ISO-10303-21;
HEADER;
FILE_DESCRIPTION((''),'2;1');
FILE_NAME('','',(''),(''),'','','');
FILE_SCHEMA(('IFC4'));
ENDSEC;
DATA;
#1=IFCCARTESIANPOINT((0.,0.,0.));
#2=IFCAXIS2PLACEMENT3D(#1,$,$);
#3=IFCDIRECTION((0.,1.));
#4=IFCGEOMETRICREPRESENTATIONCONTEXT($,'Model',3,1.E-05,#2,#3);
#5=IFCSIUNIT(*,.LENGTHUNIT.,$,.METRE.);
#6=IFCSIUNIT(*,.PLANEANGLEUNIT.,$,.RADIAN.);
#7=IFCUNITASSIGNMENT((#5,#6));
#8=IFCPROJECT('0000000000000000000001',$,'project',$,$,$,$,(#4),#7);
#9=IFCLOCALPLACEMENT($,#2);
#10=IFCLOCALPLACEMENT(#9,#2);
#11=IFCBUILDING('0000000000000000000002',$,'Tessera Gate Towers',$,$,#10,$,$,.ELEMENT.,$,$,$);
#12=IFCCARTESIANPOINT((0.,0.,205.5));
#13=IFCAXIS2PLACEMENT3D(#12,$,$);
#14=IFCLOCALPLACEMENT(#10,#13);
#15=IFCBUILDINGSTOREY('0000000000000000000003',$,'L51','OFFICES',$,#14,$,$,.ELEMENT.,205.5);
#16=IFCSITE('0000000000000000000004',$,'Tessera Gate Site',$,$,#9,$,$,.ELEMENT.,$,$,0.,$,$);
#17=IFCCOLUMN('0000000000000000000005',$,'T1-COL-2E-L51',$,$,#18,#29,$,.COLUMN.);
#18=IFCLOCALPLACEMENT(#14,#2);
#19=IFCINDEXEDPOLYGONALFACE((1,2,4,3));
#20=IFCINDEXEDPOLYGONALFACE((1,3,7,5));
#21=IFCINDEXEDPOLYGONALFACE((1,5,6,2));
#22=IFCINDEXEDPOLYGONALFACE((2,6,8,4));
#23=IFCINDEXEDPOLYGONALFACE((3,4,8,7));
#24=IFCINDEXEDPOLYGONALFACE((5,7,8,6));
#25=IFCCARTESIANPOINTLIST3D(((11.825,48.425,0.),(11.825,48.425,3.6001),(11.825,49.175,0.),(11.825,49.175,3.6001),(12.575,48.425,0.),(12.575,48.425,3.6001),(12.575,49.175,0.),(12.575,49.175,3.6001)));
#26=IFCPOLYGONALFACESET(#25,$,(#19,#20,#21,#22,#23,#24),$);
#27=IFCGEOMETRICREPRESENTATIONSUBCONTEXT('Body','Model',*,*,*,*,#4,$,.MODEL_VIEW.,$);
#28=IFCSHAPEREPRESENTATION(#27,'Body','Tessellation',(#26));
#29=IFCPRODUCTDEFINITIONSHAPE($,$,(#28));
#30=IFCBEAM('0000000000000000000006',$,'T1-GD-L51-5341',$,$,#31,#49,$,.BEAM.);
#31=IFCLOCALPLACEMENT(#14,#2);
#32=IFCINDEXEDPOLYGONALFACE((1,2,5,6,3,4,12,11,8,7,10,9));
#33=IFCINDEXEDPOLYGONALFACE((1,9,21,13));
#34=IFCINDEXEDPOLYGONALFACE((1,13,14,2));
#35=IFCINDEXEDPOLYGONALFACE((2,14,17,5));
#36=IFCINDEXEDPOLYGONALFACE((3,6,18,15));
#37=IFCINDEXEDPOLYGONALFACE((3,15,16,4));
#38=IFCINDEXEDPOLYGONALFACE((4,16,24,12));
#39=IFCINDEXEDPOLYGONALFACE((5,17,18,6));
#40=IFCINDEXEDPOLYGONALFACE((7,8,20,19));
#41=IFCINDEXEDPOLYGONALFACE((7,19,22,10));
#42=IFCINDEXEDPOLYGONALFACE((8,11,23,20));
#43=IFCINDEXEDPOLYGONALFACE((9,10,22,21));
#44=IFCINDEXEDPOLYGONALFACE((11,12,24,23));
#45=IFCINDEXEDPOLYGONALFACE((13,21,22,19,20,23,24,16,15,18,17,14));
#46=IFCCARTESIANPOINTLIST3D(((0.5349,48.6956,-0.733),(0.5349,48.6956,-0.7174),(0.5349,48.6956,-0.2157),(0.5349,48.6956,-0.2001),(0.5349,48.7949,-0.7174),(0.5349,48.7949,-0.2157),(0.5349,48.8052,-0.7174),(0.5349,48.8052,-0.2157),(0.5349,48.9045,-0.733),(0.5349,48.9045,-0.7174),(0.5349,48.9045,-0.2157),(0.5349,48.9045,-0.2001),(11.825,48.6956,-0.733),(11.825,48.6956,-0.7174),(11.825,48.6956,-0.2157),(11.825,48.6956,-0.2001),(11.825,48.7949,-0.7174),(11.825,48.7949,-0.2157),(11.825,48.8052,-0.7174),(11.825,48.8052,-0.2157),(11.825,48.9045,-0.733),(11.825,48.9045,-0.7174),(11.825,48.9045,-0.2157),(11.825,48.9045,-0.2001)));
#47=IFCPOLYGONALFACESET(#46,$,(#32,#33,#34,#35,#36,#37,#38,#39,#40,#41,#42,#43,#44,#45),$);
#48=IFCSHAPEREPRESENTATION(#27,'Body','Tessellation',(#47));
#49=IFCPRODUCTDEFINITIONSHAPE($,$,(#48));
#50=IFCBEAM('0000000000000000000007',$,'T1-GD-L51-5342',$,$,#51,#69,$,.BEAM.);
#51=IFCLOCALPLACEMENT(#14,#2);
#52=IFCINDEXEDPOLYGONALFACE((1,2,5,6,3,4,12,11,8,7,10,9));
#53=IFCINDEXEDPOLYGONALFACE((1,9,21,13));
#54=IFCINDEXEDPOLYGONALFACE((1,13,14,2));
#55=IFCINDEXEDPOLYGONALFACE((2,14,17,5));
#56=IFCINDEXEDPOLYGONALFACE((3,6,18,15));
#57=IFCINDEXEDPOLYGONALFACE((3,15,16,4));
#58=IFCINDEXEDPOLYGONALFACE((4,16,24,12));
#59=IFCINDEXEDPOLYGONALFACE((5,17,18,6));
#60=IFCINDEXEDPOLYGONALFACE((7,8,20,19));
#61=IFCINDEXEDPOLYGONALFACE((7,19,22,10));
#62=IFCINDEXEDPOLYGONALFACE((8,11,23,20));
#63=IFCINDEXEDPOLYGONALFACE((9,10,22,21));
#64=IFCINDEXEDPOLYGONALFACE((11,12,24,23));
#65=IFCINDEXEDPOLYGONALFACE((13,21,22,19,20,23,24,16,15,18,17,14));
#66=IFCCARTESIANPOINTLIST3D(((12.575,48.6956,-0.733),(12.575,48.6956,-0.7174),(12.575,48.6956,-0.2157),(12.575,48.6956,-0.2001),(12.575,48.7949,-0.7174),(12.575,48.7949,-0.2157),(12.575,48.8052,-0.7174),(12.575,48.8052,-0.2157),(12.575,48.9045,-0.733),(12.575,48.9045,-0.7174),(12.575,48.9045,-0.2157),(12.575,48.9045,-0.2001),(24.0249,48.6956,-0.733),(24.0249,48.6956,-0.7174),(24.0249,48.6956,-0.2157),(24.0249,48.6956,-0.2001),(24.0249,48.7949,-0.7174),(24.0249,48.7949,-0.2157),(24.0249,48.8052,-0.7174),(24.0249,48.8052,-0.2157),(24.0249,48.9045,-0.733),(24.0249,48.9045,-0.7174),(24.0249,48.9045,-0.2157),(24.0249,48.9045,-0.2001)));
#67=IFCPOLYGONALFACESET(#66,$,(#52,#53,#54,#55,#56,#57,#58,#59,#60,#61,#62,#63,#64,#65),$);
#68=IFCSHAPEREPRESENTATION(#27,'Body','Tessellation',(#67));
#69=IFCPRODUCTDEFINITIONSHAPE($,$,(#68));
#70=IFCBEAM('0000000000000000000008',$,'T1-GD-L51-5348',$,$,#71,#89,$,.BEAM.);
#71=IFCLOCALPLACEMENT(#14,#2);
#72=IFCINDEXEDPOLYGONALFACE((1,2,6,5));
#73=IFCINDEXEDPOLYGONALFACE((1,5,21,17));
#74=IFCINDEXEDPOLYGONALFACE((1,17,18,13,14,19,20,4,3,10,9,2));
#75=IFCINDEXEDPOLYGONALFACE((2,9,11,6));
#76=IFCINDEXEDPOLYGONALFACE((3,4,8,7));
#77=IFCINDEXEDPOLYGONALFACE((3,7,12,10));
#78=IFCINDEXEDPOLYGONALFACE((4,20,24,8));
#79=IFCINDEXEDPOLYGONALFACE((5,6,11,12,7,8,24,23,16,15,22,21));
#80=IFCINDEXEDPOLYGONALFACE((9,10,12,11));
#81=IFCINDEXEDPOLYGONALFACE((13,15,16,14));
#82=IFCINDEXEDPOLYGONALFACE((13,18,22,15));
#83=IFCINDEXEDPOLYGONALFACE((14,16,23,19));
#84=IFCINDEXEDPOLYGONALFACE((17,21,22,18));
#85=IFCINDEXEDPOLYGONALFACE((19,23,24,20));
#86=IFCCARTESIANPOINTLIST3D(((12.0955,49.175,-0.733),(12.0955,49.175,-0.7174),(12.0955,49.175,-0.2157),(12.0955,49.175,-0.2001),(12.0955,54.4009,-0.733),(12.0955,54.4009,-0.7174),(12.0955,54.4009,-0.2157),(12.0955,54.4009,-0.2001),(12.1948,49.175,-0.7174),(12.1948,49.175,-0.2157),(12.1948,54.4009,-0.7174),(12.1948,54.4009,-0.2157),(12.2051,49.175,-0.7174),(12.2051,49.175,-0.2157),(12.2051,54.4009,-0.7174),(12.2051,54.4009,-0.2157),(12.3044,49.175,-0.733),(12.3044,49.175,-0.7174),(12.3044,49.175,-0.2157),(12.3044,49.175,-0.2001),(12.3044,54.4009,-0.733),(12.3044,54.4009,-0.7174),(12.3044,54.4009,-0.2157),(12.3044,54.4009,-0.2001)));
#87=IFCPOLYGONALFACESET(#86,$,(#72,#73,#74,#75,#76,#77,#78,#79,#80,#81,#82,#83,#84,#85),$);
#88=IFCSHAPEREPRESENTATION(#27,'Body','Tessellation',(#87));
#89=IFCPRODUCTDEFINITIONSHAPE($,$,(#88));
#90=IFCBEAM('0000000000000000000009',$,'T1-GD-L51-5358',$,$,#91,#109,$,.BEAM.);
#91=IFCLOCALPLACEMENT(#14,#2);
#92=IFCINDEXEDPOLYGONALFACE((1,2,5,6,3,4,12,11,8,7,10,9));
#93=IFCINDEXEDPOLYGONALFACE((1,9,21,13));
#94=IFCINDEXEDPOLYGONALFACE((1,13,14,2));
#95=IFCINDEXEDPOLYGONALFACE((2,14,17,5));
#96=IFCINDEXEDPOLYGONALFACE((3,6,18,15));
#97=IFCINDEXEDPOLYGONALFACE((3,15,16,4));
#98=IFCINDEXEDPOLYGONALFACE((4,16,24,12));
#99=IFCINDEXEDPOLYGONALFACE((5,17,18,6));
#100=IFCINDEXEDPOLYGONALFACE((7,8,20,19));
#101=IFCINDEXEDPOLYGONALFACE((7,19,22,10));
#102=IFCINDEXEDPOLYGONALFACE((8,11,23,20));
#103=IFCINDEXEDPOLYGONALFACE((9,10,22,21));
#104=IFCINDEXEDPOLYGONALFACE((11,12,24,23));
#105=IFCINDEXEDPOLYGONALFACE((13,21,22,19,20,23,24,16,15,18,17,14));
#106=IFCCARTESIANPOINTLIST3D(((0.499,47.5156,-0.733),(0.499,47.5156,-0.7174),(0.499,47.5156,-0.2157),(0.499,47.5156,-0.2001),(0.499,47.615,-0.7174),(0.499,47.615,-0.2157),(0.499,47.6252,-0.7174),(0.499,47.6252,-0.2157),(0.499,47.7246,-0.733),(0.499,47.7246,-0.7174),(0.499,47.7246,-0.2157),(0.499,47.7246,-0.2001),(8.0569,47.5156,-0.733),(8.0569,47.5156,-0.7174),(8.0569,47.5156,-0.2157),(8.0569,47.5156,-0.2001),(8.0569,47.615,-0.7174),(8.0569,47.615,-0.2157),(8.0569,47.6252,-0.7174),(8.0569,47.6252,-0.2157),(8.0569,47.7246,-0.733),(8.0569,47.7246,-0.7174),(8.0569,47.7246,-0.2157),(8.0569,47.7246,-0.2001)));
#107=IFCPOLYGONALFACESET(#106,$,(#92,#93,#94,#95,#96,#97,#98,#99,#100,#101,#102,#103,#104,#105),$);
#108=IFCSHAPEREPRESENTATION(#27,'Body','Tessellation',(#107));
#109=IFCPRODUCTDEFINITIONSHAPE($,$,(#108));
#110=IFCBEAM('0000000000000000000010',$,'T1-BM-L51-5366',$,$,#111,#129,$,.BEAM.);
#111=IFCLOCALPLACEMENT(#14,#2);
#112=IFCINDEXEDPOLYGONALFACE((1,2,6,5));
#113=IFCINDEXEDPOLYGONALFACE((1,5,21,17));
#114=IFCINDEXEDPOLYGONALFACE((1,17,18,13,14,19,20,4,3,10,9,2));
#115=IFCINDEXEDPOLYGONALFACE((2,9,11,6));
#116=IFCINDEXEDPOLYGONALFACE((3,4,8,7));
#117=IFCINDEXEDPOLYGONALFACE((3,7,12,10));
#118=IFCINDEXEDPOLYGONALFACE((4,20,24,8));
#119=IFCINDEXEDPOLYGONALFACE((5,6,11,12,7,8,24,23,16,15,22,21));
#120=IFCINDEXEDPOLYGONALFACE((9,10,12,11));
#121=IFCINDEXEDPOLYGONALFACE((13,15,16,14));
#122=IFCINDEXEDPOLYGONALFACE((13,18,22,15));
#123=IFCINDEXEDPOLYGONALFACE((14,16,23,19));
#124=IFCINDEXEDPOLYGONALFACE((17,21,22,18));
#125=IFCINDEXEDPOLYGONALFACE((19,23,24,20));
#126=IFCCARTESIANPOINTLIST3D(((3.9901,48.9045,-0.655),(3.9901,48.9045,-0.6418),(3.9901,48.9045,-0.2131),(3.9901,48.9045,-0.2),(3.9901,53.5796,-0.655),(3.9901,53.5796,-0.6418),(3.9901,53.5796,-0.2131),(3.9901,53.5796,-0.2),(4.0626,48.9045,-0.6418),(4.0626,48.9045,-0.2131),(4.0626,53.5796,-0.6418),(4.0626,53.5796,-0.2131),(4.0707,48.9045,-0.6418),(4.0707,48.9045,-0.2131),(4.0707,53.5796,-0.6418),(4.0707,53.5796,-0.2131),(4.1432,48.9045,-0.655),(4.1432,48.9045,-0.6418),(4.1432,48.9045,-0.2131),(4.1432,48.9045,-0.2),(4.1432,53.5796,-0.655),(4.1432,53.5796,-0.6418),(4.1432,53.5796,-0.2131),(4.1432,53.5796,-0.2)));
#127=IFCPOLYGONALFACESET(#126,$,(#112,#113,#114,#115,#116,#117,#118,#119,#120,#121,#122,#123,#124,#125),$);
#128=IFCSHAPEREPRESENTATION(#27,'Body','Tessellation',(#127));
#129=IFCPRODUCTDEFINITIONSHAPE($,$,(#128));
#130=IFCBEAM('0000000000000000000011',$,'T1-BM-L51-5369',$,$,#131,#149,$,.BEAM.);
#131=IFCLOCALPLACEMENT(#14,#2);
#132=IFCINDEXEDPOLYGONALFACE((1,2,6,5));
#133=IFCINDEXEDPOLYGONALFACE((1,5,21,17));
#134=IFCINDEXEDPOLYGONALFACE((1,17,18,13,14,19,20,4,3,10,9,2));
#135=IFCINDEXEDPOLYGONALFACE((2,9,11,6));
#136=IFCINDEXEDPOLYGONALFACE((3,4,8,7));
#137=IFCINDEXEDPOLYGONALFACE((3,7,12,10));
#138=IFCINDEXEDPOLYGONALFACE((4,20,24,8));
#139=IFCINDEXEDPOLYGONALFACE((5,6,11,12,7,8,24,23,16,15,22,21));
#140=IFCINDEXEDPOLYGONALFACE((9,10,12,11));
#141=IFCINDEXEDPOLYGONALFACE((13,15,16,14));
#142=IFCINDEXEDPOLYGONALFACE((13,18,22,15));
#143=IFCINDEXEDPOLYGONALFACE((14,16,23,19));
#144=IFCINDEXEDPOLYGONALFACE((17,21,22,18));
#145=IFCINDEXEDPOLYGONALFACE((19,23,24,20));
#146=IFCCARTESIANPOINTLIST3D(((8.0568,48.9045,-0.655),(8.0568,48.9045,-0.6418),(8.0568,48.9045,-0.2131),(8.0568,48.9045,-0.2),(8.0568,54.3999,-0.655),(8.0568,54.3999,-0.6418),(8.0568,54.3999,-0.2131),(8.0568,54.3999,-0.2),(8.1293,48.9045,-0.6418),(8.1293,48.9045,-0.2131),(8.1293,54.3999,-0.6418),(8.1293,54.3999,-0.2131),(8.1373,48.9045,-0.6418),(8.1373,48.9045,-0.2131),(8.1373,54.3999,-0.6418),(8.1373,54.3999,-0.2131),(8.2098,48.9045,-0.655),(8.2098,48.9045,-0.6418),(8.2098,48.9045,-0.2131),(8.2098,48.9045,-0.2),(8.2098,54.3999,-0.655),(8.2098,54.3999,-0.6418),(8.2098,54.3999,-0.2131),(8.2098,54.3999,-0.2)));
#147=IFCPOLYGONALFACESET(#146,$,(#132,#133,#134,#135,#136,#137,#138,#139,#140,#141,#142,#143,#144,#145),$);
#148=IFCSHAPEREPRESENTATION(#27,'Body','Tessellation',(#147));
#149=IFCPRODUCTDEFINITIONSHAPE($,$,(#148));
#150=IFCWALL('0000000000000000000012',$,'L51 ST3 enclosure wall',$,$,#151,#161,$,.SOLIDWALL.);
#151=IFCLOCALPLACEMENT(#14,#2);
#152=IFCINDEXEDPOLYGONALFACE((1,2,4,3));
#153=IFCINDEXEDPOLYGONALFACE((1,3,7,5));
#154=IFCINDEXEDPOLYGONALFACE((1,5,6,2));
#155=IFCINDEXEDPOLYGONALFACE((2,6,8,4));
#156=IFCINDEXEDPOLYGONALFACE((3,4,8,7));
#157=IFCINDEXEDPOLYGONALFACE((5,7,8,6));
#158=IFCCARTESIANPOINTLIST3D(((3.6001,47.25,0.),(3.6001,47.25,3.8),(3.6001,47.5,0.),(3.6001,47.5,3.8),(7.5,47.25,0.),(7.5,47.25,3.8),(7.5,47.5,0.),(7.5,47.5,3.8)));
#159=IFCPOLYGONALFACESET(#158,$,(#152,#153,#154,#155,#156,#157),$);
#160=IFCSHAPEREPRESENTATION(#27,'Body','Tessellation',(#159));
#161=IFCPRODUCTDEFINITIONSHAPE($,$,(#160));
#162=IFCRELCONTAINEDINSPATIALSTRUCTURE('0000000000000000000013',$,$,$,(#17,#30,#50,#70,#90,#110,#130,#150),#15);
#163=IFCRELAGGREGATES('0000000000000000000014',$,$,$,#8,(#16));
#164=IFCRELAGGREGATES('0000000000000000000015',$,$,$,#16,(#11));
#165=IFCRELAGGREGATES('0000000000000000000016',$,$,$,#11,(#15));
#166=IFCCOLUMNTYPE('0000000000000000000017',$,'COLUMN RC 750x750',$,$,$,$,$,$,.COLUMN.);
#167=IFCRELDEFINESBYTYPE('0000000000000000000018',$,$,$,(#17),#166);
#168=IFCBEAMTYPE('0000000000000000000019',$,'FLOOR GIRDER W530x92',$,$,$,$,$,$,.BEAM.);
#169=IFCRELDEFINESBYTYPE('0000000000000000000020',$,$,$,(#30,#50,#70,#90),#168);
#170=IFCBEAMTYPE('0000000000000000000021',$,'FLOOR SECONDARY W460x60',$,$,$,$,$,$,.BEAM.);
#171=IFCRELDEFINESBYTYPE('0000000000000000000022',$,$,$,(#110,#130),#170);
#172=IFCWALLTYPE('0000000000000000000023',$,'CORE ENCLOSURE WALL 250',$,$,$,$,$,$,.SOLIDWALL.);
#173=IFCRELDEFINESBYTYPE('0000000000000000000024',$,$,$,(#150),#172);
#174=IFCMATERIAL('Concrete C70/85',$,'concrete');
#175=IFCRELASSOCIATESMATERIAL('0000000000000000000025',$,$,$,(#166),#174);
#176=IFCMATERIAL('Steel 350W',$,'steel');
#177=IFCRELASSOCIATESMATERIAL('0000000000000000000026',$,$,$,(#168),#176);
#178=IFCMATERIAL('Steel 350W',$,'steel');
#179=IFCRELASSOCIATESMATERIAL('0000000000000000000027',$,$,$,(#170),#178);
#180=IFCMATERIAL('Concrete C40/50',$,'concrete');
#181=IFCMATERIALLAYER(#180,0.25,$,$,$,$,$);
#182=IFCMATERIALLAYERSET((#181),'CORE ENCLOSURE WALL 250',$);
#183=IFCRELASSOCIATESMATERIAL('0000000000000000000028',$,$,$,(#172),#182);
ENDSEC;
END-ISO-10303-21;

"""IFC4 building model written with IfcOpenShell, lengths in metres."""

from ifc_helpers import new_model, si_unit, direction, frame, frame_2d, origin, origin_2d, place, context, subcontext, project, spatial, rectangle, i_section, extrude, material, layer, layer_set, material_profile, profile_set, type_object, element, save


model = new_model("IFC4")

# Units and contexts
model_context = context("Model", 3, precision=1e-05, world=origin(), true_north=direction((0.0, 1.0)))
body_context = subcontext(model_context, "Body", "Model", "MODEL_VIEW")
ifc_project = project(units=[si_unit("LENGTHUNIT", "METRE"), si_unit("PLANEANGLEUNIT", "RADIAN")], contexts=[model_context])

# Site, building, storey
site_placement = place(None, origin())
site = spatial("IfcSite", under=ifc_project, at=site_placement, Name="Tessera Gate Site", CompositionType="ELEMENT", RefElevation=0.0)
building_placement = place(site_placement, origin())
building = spatial("IfcBuilding", under=site, at=building_placement, Name="Tessera Gate Towers", CompositionType="ELEMENT")
storey_placement = place(building_placement, frame((0.0, 0.0, 205.5)))
storey = spatial("IfcBuildingStorey", under=building, at=storey_placement, Name="L51", Description="OFFICES", CompositionType="ELEMENT", Elevation=205.5)

# Column
ifc_material_1 = material(Name="Concrete C70/85", Category="concrete")
ifc_material_profile_1 = material_profile(ifc_material_1, rectangle(XDim=0.75, YDim=0.75, at=origin_2d()), Name="RC 750x750")
ifc_profile_set_1 = profile_set([ifc_material_profile_1], Name="Concrete C70/85")
column_type = type_object("IfcColumnType", Name="COLUMN RC 750x750", PredefinedType="COLUMN", material=ifc_profile_set_1)
column_placement = place(storey_placement, frame((12.2, 48.8, 0.0), z_axis=(0.0, 0.0, 1.0), x_axis=(1.0, 0.0, 0.0)))
element("IfcColumn", 1, at=column_placement, inside=storey, type_object=column_type, Name="T1-COL-2E-L51", PredefinedType="COLUMN", context=body_context, shape_type="SweptSolid", body=[
    extrude(rectangle(XDim=0.75, YDim=0.75, at=origin_2d()), origin(), (0.0, 0.0, 1.0), 3.6001),
])

# Beams
ifc_material_2 = material(Name="Steel 350W", Category="steel")
ifc_material_profile_2 = material_profile(ifc_material_2, i_section(OverallWidth=0.209, OverallDepth=0.533, WebThickness=0.0103, FlangeThickness=0.0156, at=origin_2d()), Name="W530x92")
ifc_profile_set_2 = profile_set([ifc_material_profile_2], Name="Steel 350W")
beam_type_1 = type_object("IfcBeamType", Name="FLOOR GIRDER W530x92", PredefinedType="BEAM", material=ifc_profile_set_2)
beam_1_placement = place(storey_placement, frame((0.5349, 48.8, -0.4666), z_axis=(1.0, 0.0, 0.0), x_axis=(0.0, 1.0, 0.0)))
element("IfcBeam", 2, at=beam_1_placement, inside=storey, type_object=beam_type_1, Name="T1-GD-L51-5341", PredefinedType="BEAM", context=body_context, shape_type="SweptSolid", body=[
    extrude(i_section(OverallWidth=0.209, OverallDepth=0.533, WebThickness=0.0103, FlangeThickness=0.0156, at=origin_2d()), origin(), (0.0, 0.0, 1.0), 11.29),
])
beam_2_placement = place(storey_placement, frame((12.575, 48.8, -0.4666), z_axis=(1.0, 0.0, 0.0), x_axis=(0.0, 1.0, 0.0)))
element("IfcBeam", 3, at=beam_2_placement, inside=storey, type_object=beam_type_1, Name="T1-GD-L51-5342", PredefinedType="BEAM", context=body_context, shape_type="SweptSolid", body=[
    extrude(i_section(OverallWidth=0.209, OverallDepth=0.533, WebThickness=0.0103, FlangeThickness=0.0156, at=origin_2d()), origin(), (0.0, 0.0, 1.0), 11.45),
])
beam_3_placement = place(storey_placement, frame((12.2, 49.175, -0.4666), z_axis=(0.0, 1.0, 0.0), x_axis=(-1.0, 0.0, 0.0)))
element("IfcBeam", 4, at=beam_3_placement, inside=storey, type_object=beam_type_1, Name="T1-GD-L51-5348", PredefinedType="BEAM", context=body_context, shape_type="SweptSolid", body=[
    extrude(i_section(OverallWidth=0.209, OverallDepth=0.533, WebThickness=0.0103, FlangeThickness=0.0156, at=origin_2d()), origin(), (0.0, 0.0, 1.0), 5.2258),
])
beam_4_placement = place(storey_placement, frame((0.499, 47.6201, -0.4666), z_axis=(1.0, 0.0, 0.0), x_axis=(0.0, 1.0, 0.0)))
element("IfcBeam", 5, at=beam_4_placement, inside=storey, type_object=beam_type_1, Name="T1-GD-L51-5358", PredefinedType="BEAM", context=body_context, shape_type="SweptSolid", body=[
    extrude(i_section(OverallWidth=0.209, OverallDepth=0.533, WebThickness=0.0103, FlangeThickness=0.0156, at=origin_2d()), origin(), (0.0, 0.0, 1.0), 7.5579),
])
ifc_material_3 = material(Name="Steel 350W", Category="steel")
ifc_material_profile_3 = material_profile(ifc_material_3, i_section(OverallWidth=0.1531, OverallDepth=0.4551, WebThickness=0.0081, FlangeThickness=0.0132, at=origin_2d()), Name="W460x60")
ifc_profile_set_3 = profile_set([ifc_material_profile_3], Name="Steel 350W")
beam_type_2 = type_object("IfcBeamType", Name="FLOOR SECONDARY W460x60", PredefinedType="BEAM", material=ifc_profile_set_3)
beam_5_placement = place(storey_placement, frame((4.0667, 48.9045, -0.4275), z_axis=(0.0, 1.0, 0.0), x_axis=(-1.0, 0.0, 0.0)))
element("IfcBeam", 6, at=beam_5_placement, inside=storey, type_object=beam_type_2, Name="T1-BM-L51-5366", PredefinedType="BEAM", context=body_context, shape_type="SweptSolid", body=[
    extrude(i_section(OverallWidth=0.1531, OverallDepth=0.4551, WebThickness=0.0081, FlangeThickness=0.0132, at=origin_2d()), origin(), (0.0, 0.0, 1.0), 4.675),
])
beam_6_placement = place(storey_placement, frame((8.1333, 48.9045, -0.4275), z_axis=(0.0, 1.0, 0.0), x_axis=(-1.0, 0.0, 0.0)))
element("IfcBeam", 7, at=beam_6_placement, inside=storey, type_object=beam_type_2, Name="T1-BM-L51-5369", PredefinedType="BEAM", context=body_context, shape_type="SweptSolid", body=[
    extrude(i_section(OverallWidth=0.1531, OverallDepth=0.4551, WebThickness=0.0081, FlangeThickness=0.0132, at=origin_2d()), origin(), (0.0, 0.0, 1.0), 5.4954),
])

# Wall
ifc_material_4 = material(Name="Concrete C40/50", Category="concrete")
ifc_layer_1 = layer(ifc_material_4, 0.25)
ifc_layer_set_1 = layer_set([ifc_layer_1], Name="CORE ENCLOSURE WALL 250")
wall_type_1 = type_object("IfcWallType", Name="CORE ENCLOSURE WALL 250", PredefinedType="SOLIDWALL", material=ifc_layer_set_1)
wall_1_placement = place(storey_placement, frame((3.6001, 47.375, 0.0), z_axis=(0.0, 0.0, 1.0), x_axis=(1.0, 0.0, 0.0)))
element("IfcWall", 8, at=wall_1_placement, inside=storey, type_object=wall_type_1, Name="L51 ST3 enclosure wall", PredefinedType="SOLIDWALL", context=body_context, shape_type="SweptSolid", body=[
    extrude(rectangle(XDim=3.8999, YDim=0.25, at=frame_2d((1.95, 0.0))), origin(), (0.0, 0.0, 1.0), 3.8),
])

save(model, "model.ifc")
